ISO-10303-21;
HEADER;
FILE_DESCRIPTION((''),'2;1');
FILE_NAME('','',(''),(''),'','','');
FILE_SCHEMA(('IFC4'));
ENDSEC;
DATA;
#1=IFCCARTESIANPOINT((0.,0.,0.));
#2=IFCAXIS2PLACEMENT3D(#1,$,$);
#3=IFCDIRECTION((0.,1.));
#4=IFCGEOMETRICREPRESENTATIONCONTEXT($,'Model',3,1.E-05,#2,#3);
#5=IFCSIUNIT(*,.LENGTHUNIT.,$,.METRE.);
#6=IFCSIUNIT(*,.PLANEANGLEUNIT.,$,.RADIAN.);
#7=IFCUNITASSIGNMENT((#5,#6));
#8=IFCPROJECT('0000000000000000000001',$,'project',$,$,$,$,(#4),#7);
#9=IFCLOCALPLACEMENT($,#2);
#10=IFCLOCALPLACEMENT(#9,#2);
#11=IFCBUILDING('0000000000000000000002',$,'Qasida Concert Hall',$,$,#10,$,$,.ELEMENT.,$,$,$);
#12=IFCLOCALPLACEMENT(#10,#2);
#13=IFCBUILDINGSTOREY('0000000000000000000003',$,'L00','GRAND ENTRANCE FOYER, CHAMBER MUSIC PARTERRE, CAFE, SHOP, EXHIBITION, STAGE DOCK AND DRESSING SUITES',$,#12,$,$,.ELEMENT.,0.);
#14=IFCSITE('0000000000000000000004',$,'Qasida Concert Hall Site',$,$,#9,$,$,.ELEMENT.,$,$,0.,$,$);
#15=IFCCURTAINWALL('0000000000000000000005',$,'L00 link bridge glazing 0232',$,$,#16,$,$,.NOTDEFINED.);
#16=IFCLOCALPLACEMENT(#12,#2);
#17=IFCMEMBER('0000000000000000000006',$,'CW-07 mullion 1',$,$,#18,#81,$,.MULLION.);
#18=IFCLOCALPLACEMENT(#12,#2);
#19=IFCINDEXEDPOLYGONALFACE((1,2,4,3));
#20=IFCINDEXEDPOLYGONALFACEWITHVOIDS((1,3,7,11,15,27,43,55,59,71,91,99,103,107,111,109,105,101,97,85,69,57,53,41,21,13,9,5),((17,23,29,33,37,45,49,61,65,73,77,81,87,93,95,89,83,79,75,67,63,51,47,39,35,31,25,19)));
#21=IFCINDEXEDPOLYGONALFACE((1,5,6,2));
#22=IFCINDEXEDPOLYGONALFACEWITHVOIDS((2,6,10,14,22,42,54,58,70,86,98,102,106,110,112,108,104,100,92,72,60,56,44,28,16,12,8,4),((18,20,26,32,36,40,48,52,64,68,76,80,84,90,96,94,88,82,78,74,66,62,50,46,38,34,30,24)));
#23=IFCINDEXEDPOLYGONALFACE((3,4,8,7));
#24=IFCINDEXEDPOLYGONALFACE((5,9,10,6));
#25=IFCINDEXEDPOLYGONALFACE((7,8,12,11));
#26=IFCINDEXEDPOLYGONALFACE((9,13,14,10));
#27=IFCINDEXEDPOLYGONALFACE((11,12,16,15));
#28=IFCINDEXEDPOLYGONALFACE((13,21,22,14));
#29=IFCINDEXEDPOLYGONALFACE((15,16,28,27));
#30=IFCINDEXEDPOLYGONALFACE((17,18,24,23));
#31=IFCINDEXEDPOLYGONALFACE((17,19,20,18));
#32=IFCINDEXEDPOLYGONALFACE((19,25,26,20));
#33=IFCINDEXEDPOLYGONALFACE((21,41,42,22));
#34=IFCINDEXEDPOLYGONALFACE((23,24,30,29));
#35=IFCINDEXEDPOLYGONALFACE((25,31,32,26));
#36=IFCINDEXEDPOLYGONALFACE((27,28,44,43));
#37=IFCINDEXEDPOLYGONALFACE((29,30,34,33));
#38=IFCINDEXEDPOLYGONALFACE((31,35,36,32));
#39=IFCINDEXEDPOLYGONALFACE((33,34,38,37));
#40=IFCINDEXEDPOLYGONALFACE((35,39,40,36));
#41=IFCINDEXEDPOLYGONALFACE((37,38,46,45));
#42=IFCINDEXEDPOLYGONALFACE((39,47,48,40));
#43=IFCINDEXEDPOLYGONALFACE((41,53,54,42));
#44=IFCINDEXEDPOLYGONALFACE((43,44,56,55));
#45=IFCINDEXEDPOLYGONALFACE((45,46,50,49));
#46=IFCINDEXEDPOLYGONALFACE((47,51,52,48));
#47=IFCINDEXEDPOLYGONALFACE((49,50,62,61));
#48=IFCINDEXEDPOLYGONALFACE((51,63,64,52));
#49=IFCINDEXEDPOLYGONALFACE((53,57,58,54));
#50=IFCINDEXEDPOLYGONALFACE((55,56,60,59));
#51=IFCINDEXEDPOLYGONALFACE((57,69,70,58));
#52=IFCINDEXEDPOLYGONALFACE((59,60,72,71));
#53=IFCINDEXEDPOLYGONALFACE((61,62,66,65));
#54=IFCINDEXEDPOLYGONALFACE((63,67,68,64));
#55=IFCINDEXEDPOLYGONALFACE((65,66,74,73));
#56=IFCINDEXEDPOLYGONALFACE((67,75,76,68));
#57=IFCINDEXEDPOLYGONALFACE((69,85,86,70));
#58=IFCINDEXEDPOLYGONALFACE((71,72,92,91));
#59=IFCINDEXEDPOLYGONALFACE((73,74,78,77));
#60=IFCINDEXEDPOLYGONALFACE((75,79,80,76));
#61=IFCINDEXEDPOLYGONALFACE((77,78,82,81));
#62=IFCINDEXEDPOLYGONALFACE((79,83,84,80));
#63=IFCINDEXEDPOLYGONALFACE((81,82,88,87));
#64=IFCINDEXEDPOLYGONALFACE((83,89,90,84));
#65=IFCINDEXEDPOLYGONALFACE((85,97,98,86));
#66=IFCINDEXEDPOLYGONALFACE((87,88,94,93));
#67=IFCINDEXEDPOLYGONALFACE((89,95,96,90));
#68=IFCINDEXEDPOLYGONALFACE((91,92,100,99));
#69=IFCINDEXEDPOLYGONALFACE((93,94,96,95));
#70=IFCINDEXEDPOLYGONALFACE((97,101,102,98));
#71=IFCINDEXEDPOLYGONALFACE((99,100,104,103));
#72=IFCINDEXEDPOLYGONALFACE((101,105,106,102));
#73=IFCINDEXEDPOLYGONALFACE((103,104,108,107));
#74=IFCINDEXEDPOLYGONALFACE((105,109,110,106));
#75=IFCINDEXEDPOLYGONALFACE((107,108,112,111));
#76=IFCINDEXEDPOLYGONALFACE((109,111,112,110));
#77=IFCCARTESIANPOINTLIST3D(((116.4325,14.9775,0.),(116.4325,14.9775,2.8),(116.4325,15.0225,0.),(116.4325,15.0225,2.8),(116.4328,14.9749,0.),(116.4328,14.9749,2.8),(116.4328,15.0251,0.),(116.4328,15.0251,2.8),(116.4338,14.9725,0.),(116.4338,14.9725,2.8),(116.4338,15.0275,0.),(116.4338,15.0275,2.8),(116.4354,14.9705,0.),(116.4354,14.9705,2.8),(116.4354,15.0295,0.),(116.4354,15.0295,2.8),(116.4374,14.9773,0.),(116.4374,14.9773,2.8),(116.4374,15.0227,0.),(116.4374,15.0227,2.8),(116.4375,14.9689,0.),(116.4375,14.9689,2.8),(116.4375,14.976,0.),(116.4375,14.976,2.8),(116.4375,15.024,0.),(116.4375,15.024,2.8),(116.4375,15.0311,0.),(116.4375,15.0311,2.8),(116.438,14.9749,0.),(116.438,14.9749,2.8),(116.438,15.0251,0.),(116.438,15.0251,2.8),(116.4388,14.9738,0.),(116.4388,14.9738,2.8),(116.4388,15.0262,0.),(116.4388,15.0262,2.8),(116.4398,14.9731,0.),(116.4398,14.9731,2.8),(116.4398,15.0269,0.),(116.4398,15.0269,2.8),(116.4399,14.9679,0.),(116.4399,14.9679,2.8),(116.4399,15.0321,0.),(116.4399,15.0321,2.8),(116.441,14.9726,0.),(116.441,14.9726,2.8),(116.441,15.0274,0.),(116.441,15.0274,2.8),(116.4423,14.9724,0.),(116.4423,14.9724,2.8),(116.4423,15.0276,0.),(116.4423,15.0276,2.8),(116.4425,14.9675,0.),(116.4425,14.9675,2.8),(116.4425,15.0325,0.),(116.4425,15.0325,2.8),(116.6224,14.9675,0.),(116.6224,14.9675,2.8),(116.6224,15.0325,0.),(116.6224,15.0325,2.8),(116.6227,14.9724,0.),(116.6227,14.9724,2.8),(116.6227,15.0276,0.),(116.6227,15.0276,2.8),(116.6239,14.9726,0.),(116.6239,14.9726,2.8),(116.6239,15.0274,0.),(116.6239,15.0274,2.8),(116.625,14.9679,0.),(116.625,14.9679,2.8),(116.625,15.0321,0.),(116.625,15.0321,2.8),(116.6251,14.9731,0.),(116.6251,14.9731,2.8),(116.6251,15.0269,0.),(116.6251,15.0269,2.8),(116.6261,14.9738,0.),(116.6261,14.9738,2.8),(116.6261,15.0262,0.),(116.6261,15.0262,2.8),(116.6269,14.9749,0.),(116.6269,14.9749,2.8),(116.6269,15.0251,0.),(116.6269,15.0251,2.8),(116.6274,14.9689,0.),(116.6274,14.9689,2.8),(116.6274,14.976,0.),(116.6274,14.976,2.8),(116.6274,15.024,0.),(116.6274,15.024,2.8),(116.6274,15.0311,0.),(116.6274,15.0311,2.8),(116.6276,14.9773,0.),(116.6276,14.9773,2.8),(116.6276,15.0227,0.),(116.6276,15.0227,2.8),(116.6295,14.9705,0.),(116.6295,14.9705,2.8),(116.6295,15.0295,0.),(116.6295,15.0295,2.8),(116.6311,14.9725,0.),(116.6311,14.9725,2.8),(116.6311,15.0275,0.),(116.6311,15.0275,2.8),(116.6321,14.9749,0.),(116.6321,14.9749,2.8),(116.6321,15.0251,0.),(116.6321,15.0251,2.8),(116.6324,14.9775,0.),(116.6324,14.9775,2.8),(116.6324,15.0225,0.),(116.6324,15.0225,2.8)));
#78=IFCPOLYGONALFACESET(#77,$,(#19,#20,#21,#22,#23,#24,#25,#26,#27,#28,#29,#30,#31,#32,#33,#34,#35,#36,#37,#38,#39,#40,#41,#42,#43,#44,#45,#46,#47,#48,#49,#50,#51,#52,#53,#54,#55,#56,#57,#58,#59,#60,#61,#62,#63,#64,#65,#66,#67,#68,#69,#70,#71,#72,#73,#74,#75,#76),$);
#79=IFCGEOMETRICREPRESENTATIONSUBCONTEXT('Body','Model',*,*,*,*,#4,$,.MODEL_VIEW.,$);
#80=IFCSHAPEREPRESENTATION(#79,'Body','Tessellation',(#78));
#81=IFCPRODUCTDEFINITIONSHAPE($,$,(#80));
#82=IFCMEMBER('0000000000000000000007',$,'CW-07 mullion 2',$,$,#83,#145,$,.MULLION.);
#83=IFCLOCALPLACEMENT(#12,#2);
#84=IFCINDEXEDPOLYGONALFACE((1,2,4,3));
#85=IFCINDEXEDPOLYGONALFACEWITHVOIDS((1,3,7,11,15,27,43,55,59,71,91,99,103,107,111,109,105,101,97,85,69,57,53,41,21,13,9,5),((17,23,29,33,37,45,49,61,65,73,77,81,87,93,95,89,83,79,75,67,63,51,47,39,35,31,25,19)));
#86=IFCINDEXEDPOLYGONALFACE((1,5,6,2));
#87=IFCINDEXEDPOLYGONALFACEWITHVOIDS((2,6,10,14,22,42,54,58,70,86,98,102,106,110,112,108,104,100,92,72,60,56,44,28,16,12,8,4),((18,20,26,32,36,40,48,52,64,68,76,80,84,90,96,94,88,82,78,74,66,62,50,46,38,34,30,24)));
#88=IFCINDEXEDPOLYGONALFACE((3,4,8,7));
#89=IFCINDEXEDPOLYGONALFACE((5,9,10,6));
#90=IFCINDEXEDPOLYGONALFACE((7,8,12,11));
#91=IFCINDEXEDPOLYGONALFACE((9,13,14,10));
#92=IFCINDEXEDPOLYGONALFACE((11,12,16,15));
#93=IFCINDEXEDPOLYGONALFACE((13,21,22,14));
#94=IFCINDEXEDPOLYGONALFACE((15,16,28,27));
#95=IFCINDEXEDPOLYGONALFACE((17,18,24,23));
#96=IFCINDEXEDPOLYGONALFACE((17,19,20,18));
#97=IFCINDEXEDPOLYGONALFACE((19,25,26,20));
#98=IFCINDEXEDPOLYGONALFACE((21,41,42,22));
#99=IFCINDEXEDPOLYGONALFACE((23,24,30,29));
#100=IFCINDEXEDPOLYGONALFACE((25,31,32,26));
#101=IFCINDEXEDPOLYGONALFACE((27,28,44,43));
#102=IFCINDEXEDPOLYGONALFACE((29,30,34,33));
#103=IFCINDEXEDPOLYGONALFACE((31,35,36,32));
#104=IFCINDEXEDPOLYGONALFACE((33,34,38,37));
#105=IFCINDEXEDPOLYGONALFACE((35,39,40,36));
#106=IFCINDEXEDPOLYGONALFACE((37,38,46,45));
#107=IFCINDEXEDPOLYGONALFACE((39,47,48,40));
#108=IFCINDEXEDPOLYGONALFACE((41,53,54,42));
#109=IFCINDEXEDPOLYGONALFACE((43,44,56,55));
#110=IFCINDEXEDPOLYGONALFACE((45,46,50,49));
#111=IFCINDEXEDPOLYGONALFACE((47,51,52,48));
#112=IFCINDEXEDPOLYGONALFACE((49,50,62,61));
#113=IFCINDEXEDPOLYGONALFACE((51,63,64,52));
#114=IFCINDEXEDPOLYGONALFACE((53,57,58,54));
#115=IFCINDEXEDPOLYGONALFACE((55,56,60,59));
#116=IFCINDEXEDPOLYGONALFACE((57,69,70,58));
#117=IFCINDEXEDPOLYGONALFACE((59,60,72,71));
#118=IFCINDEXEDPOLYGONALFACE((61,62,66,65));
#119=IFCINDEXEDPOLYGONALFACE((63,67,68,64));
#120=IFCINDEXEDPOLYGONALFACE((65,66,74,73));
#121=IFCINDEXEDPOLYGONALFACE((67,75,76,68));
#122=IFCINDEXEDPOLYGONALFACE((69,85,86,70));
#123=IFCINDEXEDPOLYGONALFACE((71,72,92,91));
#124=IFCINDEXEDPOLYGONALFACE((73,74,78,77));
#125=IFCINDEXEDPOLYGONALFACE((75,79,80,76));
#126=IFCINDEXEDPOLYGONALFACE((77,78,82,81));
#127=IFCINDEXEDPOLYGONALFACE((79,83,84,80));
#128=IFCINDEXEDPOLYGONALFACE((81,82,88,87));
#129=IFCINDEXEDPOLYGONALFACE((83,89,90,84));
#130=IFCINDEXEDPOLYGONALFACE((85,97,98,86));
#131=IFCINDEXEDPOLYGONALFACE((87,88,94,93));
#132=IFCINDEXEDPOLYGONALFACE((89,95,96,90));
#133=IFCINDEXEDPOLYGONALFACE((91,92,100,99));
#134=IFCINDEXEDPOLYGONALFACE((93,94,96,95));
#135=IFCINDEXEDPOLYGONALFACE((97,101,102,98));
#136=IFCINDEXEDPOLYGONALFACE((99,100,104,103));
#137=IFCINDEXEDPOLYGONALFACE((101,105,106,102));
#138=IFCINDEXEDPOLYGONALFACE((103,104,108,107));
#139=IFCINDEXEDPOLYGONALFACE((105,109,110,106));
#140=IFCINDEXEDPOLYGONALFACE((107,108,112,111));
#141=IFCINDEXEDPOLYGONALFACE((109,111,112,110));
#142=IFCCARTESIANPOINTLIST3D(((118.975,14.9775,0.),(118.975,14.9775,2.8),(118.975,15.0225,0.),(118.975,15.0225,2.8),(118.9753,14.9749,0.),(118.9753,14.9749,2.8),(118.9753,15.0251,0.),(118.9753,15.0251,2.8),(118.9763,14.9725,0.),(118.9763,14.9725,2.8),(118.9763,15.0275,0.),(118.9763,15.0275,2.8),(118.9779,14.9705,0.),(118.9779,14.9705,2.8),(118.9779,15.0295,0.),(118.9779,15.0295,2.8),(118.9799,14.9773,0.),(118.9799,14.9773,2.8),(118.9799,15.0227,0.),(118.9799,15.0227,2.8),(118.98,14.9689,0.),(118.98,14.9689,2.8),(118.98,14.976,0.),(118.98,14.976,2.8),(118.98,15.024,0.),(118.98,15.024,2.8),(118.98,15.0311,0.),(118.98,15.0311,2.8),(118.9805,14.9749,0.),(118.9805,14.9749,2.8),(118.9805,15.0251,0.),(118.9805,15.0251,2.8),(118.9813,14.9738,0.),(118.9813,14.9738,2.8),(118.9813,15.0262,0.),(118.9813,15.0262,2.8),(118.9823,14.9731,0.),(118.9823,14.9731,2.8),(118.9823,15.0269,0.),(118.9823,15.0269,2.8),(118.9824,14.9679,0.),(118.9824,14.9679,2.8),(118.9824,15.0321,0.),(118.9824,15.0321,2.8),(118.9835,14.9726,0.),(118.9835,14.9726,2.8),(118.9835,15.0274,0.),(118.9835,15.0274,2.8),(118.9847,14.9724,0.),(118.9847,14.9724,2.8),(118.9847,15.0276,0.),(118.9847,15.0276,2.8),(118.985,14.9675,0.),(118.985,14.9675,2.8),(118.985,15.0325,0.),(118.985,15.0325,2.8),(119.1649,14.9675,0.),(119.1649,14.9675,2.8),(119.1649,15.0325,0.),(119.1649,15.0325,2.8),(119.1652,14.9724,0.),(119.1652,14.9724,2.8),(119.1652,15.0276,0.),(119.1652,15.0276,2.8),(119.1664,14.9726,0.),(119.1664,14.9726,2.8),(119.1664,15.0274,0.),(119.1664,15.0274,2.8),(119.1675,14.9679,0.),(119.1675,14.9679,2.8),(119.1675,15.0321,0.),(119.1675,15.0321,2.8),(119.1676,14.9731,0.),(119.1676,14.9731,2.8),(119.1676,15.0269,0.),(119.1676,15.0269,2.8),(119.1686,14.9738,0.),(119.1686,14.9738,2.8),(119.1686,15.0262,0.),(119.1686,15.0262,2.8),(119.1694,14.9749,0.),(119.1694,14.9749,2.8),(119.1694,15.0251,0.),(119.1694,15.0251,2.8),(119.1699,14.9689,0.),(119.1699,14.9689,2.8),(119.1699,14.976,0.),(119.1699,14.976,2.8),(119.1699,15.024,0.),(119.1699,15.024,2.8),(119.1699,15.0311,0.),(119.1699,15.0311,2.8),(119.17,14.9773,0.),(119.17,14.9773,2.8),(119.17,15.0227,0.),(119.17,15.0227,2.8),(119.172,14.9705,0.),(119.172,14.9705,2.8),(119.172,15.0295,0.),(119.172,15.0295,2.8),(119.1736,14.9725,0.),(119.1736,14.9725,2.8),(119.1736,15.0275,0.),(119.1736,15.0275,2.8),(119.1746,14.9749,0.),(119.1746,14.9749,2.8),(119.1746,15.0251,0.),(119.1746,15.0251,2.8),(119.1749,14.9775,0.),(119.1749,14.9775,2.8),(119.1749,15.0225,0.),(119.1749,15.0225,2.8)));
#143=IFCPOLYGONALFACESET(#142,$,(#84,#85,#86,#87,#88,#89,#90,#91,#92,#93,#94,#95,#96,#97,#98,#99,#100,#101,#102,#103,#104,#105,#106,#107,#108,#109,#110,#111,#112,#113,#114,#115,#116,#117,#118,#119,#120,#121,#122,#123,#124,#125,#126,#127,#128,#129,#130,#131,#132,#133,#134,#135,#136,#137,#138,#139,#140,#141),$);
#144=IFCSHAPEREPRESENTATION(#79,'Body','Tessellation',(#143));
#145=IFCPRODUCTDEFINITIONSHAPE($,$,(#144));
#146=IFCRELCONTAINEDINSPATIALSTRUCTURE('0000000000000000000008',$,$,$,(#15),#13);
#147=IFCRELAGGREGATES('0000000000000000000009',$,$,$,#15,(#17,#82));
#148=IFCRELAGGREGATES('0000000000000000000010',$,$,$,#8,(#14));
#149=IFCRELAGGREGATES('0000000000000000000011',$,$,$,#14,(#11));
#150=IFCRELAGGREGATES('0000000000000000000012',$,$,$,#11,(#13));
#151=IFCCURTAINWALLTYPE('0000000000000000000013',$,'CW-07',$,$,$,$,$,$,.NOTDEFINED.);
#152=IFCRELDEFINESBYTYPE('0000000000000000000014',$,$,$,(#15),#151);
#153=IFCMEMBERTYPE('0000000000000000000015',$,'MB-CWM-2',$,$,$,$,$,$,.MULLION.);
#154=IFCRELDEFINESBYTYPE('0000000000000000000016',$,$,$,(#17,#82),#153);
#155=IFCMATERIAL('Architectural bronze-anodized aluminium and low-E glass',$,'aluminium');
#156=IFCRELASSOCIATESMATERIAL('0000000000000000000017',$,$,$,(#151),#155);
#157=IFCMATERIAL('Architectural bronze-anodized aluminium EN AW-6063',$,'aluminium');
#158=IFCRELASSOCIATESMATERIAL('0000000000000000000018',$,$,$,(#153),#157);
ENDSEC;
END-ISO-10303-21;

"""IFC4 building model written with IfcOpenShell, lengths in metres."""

from ifc_helpers import new_model, si_unit, direction, frame, origin, origin_2d, place, context, subcontext, project, spatial, hollow_rectangle, extrude, material, material_profile, profile_set, type_object, element, aggregate, save


model = new_model("IFC4")

# Units and contexts
model_context = context("Model", 3, precision=1e-05, world=origin(), true_north=direction((0.0, 1.0)))
body_context = subcontext(model_context, "Body", "Model", "MODEL_VIEW")
ifc_project = project(units=[si_unit("LENGTHUNIT", "METRE"), si_unit("PLANEANGLEUNIT", "RADIAN")], contexts=[model_context])

# Site, building, storey
site_placement = place(None, origin())
site = spatial("IfcSite", under=ifc_project, at=site_placement, Name="Qasida Concert Hall Site", CompositionType="ELEMENT", RefElevation=0.0)
building_placement = place(site_placement, origin())
building = spatial("IfcBuilding", under=site, at=building_placement, Name="Qasida Concert Hall", CompositionType="ELEMENT")
storey_placement = place(building_placement, origin())
storey = spatial("IfcBuildingStorey", under=building, at=storey_placement, Name="L00", Description="GRAND ENTRANCE FOYER, CHAMBER MUSIC PARTERRE, CAFE, SHOP, EXHIBITION, STAGE DOCK AND DRESSING SUITES", CompositionType="ELEMENT", Elevation=0.0)

# Curtain wall, members
ifc_material_1 = material(Name="Architectural bronze-anodized aluminium and low-E glass", Category="aluminium")
curtain_wall_type = type_object("IfcCurtainWallType", Name="CW-07", PredefinedType="NOTDEFINED", material=ifc_material_1)
ifc_material_2 = material(Name="Architectural bronze-anodized aluminium EN AW-6063", Category="aluminium")
ifc_material_profile_1 = material_profile(ifc_material_2, hollow_rectangle(XDim=0.0649, YDim=0.2, WallThickness=0.0049, InnerFilletRadius=0.0049, OuterFilletRadius=0.01, at=origin_2d()), Name="CWM 200x65x5")
ifc_profile_set_1 = profile_set([ifc_material_profile_1], Name="Architectural bronze-anodized aluminium EN AW-6063")
member_type_1 = type_object("IfcMemberType", Name="MB-CWM-2", PredefinedType="MULLION", material=ifc_profile_set_1)
curtain_wall_1_placement = place(storey_placement, origin())
curtain_wall_1 = element("IfcCurtainWall", 1, at=curtain_wall_1_placement, inside=storey, type_object=curtain_wall_type, Name="L00 link bridge glazing 0232", PredefinedType="NOTDEFINED")
member_1_placement = place(storey_placement, frame((116.5325, 15.0, 0.0), z_axis=(0.0, 0.0, 1.0), x_axis=(0.0, 1.0, 0.0)))
member_1 = element("IfcMember", 2, at=member_1_placement, type_object=member_type_1, Name="CW-07 mullion 1", PredefinedType="MULLION", context=body_context, shape_type="SweptSolid", body=[
    extrude(hollow_rectangle(XDim=0.0649, YDim=0.2, WallThickness=0.0049, InnerFilletRadius=0.0049, OuterFilletRadius=0.01, at=origin_2d()), origin(), (0.0, 0.0, 1.0), 2.8),
])
member_2_placement = place(storey_placement, frame((119.075, 15.0, 0.0), z_axis=(0.0, 0.0, 1.0), x_axis=(0.0, 1.0, 0.0)))
member_2 = element("IfcMember", 3, at=member_2_placement, type_object=member_type_1, Name="CW-07 mullion 2", PredefinedType="MULLION", context=body_context, shape_type="SweptSolid", body=[
    extrude(hollow_rectangle(XDim=0.0649, YDim=0.2, WallThickness=0.0049, InnerFilletRadius=0.0049, OuterFilletRadius=0.01, at=origin_2d()), origin(), (0.0, 0.0, 1.0), 2.8),
])

aggregate(curtain_wall_1, [member_1, member_2])

save(model, "model.ifc")
